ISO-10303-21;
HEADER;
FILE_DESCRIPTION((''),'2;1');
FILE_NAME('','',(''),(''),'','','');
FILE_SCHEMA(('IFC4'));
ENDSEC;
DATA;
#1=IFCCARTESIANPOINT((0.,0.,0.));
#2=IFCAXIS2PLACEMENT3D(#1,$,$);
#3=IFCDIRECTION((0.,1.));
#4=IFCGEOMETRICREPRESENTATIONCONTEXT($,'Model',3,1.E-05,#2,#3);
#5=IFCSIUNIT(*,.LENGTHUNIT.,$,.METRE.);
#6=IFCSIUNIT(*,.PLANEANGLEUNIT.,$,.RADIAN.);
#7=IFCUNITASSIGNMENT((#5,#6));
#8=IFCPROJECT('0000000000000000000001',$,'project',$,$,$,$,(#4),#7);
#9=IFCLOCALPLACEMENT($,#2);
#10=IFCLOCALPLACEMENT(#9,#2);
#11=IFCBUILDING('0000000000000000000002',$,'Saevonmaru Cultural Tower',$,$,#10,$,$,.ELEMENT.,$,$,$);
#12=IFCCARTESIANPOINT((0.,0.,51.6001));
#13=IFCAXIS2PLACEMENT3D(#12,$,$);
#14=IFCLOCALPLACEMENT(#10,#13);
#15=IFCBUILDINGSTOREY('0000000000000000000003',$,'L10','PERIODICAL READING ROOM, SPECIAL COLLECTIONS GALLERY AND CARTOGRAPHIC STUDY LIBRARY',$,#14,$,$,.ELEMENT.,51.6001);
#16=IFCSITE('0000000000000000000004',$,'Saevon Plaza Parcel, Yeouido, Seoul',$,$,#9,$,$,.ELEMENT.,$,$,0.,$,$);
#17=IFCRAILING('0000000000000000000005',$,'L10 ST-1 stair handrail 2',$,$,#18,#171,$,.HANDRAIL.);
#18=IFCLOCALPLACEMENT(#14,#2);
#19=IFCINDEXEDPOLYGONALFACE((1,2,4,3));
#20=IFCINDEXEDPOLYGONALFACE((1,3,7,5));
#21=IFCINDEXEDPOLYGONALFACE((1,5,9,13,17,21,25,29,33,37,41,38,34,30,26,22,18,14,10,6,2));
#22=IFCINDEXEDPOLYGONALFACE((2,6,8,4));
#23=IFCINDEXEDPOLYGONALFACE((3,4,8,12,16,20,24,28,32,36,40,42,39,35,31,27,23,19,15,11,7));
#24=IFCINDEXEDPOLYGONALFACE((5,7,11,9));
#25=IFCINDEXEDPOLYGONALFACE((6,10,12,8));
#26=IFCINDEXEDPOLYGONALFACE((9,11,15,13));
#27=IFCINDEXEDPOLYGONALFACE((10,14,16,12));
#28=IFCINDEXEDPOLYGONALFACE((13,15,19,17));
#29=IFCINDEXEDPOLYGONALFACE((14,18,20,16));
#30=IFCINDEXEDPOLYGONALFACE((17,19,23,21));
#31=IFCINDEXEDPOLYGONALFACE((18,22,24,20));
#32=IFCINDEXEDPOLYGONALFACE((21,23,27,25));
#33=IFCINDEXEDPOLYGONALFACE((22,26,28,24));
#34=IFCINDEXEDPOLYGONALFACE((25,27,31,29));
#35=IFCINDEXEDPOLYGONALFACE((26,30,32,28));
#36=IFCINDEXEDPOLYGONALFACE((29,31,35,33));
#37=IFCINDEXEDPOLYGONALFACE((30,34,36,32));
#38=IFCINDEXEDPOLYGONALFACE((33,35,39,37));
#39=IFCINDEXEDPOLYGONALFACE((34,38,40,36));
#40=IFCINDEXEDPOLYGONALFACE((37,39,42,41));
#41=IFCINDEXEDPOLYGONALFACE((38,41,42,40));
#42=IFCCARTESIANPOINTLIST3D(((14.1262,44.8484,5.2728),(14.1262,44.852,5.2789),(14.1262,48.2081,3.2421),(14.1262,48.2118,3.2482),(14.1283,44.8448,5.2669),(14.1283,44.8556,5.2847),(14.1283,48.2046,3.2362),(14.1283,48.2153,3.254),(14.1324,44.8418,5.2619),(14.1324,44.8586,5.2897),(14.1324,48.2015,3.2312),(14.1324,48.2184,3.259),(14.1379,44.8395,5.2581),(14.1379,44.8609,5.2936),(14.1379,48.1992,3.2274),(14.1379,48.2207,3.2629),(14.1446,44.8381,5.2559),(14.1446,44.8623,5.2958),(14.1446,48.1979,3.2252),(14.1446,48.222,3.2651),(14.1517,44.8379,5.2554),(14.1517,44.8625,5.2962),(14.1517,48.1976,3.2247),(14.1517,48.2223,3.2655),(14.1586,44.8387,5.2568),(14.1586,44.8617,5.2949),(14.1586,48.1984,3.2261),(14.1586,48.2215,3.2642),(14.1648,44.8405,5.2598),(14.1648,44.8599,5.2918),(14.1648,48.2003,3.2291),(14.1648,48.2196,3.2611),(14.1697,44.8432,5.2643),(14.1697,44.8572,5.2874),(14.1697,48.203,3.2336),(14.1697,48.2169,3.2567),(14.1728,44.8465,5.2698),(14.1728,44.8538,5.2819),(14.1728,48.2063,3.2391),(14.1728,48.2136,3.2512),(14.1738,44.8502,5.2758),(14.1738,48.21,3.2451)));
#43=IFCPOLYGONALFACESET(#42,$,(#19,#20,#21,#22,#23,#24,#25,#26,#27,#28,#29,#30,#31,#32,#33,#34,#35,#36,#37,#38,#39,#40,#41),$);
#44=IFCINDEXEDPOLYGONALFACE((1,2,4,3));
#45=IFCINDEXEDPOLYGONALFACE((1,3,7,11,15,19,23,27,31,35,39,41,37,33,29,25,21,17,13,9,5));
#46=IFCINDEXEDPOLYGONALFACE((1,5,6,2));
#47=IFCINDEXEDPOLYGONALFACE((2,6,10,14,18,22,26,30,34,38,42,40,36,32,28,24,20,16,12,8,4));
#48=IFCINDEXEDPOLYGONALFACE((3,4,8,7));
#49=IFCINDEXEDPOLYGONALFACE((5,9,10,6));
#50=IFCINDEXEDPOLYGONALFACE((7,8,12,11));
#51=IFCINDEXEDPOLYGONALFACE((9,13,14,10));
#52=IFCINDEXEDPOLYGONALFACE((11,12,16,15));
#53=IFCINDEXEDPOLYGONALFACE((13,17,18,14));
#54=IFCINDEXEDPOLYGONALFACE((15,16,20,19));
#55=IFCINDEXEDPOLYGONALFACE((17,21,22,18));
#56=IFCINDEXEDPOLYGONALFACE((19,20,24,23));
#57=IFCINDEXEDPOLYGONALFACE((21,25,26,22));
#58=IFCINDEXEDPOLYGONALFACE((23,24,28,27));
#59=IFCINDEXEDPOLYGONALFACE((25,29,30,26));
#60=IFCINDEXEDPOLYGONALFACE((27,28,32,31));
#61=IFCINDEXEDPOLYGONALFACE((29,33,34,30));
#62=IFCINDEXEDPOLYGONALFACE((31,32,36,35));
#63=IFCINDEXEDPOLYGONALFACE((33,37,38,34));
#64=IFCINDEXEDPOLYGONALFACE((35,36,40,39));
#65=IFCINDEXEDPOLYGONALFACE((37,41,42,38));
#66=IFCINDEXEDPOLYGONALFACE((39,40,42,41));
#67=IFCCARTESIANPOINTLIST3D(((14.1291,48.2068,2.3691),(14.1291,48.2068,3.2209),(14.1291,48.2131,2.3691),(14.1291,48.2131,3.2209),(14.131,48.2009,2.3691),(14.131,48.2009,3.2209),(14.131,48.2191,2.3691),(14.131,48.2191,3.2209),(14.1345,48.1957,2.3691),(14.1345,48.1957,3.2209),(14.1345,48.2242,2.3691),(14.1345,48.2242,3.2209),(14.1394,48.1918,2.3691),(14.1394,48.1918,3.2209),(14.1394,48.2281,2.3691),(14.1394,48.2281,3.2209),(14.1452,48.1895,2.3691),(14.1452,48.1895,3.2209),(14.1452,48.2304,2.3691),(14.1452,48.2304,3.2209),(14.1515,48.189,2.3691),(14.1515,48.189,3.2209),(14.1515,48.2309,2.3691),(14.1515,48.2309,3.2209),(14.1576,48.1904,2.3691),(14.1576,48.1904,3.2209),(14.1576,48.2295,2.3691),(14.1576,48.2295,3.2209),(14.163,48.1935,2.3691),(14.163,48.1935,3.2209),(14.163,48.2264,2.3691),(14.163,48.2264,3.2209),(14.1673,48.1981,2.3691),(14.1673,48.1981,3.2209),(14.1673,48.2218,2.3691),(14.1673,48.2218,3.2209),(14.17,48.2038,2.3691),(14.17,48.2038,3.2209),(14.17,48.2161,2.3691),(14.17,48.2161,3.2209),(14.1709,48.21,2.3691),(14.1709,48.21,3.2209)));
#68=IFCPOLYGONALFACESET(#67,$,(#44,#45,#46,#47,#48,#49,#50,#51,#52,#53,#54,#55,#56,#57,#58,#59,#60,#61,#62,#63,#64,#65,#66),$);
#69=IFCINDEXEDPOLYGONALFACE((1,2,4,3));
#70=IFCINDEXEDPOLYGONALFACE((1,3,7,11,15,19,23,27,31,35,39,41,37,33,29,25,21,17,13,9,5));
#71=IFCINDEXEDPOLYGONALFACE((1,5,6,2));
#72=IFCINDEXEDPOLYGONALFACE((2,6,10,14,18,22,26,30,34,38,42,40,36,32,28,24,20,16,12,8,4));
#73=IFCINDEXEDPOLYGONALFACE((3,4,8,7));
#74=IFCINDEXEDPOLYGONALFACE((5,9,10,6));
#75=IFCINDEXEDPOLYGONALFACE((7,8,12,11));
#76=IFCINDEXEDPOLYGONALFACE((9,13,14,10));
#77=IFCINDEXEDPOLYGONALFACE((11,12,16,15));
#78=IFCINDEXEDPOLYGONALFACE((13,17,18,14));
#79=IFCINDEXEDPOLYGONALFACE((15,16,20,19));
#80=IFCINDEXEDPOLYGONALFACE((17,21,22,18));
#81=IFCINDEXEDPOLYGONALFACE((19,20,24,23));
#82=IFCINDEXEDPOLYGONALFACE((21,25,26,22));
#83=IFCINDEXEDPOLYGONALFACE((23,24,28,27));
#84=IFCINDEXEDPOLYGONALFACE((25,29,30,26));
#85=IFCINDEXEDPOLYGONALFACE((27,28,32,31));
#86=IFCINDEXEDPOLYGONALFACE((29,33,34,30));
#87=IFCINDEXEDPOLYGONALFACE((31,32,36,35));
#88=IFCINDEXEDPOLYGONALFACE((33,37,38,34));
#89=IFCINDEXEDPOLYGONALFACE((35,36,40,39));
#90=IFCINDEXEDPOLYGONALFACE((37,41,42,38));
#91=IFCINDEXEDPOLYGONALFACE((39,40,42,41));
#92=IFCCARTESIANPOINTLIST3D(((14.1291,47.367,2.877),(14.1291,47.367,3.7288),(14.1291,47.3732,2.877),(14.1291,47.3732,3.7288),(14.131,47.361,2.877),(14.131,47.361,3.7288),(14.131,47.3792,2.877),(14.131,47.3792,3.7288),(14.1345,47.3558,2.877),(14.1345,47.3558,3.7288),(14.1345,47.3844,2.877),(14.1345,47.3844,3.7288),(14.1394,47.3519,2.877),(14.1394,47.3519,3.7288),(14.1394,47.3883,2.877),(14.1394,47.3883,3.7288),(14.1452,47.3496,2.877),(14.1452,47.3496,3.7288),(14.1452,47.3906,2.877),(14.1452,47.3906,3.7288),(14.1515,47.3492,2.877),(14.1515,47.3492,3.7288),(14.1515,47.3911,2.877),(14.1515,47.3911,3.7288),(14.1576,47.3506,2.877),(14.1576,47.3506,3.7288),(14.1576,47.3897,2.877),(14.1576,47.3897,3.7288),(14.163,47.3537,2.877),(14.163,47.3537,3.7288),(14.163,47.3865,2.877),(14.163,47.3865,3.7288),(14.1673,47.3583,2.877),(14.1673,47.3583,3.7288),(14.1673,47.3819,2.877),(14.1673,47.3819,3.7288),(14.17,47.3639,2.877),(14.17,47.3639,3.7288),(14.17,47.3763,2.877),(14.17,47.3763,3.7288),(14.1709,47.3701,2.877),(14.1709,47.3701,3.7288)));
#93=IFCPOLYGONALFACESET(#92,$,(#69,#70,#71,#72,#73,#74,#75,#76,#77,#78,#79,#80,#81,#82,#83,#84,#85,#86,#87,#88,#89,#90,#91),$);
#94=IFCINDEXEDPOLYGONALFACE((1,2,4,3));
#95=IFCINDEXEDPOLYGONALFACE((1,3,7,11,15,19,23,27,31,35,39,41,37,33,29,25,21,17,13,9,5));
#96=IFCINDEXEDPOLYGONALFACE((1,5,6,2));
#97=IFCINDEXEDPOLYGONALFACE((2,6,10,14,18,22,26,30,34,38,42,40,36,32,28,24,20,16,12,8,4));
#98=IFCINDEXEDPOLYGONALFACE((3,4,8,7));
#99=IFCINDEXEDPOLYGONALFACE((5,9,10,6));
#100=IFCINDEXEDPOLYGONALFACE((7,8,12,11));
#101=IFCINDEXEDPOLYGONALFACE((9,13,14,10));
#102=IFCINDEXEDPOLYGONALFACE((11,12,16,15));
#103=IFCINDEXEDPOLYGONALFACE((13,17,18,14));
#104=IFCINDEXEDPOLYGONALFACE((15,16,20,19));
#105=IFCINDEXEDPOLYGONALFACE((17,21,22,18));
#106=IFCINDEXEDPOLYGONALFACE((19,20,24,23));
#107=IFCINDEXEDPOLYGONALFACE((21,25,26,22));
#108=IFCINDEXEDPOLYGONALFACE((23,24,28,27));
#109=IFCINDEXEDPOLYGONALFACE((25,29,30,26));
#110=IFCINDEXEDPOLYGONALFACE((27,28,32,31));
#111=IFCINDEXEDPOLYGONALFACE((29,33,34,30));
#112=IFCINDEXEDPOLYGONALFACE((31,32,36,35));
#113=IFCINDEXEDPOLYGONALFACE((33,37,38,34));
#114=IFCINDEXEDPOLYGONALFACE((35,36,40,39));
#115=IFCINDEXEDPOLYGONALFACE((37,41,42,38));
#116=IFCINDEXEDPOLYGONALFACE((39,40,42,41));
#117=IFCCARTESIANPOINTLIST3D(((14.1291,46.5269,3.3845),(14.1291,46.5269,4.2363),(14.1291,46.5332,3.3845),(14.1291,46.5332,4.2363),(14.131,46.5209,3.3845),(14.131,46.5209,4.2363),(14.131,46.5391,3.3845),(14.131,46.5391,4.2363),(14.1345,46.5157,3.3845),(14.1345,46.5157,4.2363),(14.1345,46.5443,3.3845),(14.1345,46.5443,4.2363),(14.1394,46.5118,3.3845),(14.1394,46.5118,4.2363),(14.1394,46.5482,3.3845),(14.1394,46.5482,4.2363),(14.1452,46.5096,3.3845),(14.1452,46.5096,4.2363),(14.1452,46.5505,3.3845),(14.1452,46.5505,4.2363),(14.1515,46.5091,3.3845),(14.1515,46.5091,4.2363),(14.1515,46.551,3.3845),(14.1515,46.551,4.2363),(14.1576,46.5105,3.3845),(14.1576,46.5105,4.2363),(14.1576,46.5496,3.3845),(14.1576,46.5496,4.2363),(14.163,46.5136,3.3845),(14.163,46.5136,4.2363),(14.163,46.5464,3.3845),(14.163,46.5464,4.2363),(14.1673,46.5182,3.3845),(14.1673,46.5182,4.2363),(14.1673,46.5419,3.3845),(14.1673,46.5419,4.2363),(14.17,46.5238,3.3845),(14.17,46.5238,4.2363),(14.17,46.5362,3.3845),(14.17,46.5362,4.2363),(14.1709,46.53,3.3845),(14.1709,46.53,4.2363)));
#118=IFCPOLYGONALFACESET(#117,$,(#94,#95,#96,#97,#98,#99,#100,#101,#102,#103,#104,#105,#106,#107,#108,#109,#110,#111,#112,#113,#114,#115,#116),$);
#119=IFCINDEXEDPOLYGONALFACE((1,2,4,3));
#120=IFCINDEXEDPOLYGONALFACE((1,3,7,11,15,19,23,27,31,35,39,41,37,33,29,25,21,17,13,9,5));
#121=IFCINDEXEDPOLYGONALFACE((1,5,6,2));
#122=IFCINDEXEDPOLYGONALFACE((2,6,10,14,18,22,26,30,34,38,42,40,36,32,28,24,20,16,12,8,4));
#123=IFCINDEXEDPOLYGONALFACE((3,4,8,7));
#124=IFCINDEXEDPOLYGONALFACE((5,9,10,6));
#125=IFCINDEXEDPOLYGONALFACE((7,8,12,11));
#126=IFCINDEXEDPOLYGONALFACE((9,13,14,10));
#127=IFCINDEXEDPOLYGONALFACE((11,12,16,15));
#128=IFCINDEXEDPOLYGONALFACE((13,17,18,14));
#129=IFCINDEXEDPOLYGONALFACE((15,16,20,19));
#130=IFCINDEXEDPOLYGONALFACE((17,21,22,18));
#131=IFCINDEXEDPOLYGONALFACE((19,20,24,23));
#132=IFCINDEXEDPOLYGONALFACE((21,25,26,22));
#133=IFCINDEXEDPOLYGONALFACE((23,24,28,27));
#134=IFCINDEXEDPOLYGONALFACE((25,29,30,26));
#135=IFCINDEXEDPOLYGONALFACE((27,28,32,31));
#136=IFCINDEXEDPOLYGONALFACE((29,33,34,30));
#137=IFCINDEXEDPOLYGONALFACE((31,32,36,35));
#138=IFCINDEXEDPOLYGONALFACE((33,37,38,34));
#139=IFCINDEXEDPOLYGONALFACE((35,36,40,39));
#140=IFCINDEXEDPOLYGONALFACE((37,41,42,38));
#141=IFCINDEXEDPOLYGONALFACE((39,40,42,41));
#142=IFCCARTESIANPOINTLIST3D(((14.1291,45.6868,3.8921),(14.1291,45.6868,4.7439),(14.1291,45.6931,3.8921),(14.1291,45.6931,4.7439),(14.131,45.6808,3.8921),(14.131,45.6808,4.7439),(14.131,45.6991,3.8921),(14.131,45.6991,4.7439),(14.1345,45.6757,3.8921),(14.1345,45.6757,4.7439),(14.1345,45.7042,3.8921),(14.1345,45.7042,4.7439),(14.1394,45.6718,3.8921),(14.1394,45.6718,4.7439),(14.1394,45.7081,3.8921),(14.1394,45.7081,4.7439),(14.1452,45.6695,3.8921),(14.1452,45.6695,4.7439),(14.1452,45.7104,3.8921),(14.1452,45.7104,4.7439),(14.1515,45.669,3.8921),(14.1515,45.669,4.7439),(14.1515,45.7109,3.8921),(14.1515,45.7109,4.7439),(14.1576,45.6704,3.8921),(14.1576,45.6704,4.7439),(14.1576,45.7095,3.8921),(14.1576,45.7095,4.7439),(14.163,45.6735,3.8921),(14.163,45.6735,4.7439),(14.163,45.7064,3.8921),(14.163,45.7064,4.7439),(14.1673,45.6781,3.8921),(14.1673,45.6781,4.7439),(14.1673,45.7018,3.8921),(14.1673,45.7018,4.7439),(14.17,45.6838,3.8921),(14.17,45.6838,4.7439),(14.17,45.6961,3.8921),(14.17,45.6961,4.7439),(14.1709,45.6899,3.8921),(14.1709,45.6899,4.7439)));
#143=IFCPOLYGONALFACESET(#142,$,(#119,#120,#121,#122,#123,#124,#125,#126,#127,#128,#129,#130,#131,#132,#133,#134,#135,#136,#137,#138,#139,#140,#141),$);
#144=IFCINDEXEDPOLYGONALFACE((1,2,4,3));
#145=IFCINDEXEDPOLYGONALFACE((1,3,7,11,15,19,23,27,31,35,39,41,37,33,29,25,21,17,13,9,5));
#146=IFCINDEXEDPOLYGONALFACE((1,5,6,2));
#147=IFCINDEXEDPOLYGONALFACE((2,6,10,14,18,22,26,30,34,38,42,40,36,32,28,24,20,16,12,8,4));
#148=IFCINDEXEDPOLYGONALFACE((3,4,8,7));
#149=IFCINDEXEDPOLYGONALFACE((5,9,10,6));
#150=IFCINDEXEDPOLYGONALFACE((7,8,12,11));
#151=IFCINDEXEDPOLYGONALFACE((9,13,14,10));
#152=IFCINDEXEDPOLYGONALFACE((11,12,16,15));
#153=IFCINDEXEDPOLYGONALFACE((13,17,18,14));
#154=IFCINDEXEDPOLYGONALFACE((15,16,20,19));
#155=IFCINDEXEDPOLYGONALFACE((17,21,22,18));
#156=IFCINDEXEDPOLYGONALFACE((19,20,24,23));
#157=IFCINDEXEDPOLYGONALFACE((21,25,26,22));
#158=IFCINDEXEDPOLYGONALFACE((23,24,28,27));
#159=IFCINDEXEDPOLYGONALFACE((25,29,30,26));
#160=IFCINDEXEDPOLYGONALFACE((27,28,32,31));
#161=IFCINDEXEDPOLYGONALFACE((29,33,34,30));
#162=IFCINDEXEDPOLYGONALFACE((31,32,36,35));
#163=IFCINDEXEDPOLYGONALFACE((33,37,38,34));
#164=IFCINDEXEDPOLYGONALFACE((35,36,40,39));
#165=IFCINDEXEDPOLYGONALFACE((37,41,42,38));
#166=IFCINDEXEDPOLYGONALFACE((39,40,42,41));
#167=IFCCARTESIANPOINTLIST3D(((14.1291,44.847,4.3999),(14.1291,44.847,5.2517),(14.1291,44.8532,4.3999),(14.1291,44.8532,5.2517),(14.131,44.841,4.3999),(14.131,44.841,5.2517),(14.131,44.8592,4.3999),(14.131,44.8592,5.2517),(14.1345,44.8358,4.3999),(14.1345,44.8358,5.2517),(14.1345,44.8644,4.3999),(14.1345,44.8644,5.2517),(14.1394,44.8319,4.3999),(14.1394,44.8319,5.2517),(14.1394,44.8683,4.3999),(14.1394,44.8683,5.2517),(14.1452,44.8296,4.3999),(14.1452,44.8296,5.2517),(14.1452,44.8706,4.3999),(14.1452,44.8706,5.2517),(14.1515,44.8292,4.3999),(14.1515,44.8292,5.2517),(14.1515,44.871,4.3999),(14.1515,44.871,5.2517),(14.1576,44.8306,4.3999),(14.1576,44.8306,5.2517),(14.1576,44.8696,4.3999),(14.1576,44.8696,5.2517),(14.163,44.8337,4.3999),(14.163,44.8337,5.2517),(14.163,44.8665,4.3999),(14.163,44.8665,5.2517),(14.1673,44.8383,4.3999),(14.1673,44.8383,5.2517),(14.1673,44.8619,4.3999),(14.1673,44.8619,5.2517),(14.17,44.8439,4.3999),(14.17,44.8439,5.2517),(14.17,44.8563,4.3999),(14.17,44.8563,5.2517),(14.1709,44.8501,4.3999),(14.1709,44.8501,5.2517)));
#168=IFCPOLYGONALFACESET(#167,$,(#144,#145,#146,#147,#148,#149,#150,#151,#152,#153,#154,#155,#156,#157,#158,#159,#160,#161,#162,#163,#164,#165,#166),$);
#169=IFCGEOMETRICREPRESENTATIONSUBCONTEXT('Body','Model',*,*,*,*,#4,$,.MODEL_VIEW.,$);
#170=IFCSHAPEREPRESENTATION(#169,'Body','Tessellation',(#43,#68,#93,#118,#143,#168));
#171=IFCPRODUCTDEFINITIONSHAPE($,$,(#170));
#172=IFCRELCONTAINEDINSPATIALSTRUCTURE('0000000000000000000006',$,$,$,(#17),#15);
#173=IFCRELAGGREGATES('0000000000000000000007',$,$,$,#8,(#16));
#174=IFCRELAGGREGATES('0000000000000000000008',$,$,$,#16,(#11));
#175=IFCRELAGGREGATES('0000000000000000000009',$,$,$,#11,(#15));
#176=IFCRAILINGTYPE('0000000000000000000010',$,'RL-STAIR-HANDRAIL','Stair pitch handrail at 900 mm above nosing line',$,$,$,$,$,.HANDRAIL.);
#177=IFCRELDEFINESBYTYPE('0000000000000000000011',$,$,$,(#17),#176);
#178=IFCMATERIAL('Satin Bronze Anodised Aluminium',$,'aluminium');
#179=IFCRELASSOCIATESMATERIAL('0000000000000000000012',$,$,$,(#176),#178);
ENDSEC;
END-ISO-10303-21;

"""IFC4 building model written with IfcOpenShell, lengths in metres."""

from ifc_helpers import new_model, si_unit, direction, frame, origin, origin_2d, place, context, subcontext, project, spatial, circle, extrude, material, type_object, element, save


model = new_model("IFC4")

# Units and contexts
model_context = context("Model", 3, precision=1e-05, world=origin(), true_north=direction((0.0, 1.0)))
body_context = subcontext(model_context, "Body", "Model", "MODEL_VIEW")
ifc_project = project(units=[si_unit("LENGTHUNIT", "METRE"), si_unit("PLANEANGLEUNIT", "RADIAN")], contexts=[model_context])

# Site, building, storey
site_placement = place(None, origin())
site = spatial("IfcSite", under=ifc_project, at=site_placement, Name="Saevon Plaza Parcel, Yeouido, Seoul", CompositionType="ELEMENT", RefElevation=0.0)
building_placement = place(site_placement, origin())
building = spatial("IfcBuilding", under=site, at=building_placement, Name="Saevonmaru Cultural Tower", CompositionType="ELEMENT")
storey_placement = place(building_placement, frame((0.0, 0.0, 51.6001)))
storey = spatial("IfcBuildingStorey", under=building, at=storey_placement, Name="L10", Description="PERIODICAL READING ROOM, SPECIAL COLLECTIONS GALLERY AND CARTOGRAPHIC STUDY LIBRARY", CompositionType="ELEMENT", Elevation=51.6001)

# Shared definitions
ifc_material_1 = material(Name="Satin Bronze Anodised Aluminium", Category="aluminium")

# Railing
railing_type_1 = type_object("IfcRailingType", Name="RL-STAIR-HANDRAIL", Description="Stair pitch handrail at 900 mm above nosing line", PredefinedType="HANDRAIL", material=ifc_material_1)
railing_1_placement = place(storey_placement, frame((14.1499, 48.21, 2.3691)))
element("IfcRailing", 1, at=railing_1_placement, inside=storey, type_object=railing_type_1, Name="L10 ST-1 stair handrail 2", PredefinedType="HANDRAIL", context=body_context, shape_type="SweptSolid", body=[
    extrude(circle(Radius=0.0239, at=origin_2d()), frame((0.0, 0.0, 0.876), z_axis=(0.0, -0.85582, 0.517273), x_axis=(1.0, 0.0, 0.0)), (0.0, 0.0, 1.0), 3.9258),
    extrude(circle(Radius=0.021, at=origin_2d()), origin(), (0.0, 0.0, 1.0), 0.8518),
    extrude(circle(Radius=0.021, at=origin_2d()), frame((0.0, -0.8398, 0.5078)), (0.0, 0.0, 1.0), 0.8518),
    extrude(circle(Radius=0.021, at=origin_2d()), frame((0.0, -1.6799, 1.0154)), (0.0, 0.0, 1.0), 0.8518),
    extrude(circle(Radius=0.021, at=origin_2d()), frame((0.0, -2.52, 1.5229)), (0.0, 0.0, 1.0), 0.8518),
    extrude(circle(Radius=0.021, at=origin_2d()), frame((0.0, -3.3599, 2.0308)), (0.0, 0.0, 1.0), 0.8518),
])

save(model, "model.ifc")
